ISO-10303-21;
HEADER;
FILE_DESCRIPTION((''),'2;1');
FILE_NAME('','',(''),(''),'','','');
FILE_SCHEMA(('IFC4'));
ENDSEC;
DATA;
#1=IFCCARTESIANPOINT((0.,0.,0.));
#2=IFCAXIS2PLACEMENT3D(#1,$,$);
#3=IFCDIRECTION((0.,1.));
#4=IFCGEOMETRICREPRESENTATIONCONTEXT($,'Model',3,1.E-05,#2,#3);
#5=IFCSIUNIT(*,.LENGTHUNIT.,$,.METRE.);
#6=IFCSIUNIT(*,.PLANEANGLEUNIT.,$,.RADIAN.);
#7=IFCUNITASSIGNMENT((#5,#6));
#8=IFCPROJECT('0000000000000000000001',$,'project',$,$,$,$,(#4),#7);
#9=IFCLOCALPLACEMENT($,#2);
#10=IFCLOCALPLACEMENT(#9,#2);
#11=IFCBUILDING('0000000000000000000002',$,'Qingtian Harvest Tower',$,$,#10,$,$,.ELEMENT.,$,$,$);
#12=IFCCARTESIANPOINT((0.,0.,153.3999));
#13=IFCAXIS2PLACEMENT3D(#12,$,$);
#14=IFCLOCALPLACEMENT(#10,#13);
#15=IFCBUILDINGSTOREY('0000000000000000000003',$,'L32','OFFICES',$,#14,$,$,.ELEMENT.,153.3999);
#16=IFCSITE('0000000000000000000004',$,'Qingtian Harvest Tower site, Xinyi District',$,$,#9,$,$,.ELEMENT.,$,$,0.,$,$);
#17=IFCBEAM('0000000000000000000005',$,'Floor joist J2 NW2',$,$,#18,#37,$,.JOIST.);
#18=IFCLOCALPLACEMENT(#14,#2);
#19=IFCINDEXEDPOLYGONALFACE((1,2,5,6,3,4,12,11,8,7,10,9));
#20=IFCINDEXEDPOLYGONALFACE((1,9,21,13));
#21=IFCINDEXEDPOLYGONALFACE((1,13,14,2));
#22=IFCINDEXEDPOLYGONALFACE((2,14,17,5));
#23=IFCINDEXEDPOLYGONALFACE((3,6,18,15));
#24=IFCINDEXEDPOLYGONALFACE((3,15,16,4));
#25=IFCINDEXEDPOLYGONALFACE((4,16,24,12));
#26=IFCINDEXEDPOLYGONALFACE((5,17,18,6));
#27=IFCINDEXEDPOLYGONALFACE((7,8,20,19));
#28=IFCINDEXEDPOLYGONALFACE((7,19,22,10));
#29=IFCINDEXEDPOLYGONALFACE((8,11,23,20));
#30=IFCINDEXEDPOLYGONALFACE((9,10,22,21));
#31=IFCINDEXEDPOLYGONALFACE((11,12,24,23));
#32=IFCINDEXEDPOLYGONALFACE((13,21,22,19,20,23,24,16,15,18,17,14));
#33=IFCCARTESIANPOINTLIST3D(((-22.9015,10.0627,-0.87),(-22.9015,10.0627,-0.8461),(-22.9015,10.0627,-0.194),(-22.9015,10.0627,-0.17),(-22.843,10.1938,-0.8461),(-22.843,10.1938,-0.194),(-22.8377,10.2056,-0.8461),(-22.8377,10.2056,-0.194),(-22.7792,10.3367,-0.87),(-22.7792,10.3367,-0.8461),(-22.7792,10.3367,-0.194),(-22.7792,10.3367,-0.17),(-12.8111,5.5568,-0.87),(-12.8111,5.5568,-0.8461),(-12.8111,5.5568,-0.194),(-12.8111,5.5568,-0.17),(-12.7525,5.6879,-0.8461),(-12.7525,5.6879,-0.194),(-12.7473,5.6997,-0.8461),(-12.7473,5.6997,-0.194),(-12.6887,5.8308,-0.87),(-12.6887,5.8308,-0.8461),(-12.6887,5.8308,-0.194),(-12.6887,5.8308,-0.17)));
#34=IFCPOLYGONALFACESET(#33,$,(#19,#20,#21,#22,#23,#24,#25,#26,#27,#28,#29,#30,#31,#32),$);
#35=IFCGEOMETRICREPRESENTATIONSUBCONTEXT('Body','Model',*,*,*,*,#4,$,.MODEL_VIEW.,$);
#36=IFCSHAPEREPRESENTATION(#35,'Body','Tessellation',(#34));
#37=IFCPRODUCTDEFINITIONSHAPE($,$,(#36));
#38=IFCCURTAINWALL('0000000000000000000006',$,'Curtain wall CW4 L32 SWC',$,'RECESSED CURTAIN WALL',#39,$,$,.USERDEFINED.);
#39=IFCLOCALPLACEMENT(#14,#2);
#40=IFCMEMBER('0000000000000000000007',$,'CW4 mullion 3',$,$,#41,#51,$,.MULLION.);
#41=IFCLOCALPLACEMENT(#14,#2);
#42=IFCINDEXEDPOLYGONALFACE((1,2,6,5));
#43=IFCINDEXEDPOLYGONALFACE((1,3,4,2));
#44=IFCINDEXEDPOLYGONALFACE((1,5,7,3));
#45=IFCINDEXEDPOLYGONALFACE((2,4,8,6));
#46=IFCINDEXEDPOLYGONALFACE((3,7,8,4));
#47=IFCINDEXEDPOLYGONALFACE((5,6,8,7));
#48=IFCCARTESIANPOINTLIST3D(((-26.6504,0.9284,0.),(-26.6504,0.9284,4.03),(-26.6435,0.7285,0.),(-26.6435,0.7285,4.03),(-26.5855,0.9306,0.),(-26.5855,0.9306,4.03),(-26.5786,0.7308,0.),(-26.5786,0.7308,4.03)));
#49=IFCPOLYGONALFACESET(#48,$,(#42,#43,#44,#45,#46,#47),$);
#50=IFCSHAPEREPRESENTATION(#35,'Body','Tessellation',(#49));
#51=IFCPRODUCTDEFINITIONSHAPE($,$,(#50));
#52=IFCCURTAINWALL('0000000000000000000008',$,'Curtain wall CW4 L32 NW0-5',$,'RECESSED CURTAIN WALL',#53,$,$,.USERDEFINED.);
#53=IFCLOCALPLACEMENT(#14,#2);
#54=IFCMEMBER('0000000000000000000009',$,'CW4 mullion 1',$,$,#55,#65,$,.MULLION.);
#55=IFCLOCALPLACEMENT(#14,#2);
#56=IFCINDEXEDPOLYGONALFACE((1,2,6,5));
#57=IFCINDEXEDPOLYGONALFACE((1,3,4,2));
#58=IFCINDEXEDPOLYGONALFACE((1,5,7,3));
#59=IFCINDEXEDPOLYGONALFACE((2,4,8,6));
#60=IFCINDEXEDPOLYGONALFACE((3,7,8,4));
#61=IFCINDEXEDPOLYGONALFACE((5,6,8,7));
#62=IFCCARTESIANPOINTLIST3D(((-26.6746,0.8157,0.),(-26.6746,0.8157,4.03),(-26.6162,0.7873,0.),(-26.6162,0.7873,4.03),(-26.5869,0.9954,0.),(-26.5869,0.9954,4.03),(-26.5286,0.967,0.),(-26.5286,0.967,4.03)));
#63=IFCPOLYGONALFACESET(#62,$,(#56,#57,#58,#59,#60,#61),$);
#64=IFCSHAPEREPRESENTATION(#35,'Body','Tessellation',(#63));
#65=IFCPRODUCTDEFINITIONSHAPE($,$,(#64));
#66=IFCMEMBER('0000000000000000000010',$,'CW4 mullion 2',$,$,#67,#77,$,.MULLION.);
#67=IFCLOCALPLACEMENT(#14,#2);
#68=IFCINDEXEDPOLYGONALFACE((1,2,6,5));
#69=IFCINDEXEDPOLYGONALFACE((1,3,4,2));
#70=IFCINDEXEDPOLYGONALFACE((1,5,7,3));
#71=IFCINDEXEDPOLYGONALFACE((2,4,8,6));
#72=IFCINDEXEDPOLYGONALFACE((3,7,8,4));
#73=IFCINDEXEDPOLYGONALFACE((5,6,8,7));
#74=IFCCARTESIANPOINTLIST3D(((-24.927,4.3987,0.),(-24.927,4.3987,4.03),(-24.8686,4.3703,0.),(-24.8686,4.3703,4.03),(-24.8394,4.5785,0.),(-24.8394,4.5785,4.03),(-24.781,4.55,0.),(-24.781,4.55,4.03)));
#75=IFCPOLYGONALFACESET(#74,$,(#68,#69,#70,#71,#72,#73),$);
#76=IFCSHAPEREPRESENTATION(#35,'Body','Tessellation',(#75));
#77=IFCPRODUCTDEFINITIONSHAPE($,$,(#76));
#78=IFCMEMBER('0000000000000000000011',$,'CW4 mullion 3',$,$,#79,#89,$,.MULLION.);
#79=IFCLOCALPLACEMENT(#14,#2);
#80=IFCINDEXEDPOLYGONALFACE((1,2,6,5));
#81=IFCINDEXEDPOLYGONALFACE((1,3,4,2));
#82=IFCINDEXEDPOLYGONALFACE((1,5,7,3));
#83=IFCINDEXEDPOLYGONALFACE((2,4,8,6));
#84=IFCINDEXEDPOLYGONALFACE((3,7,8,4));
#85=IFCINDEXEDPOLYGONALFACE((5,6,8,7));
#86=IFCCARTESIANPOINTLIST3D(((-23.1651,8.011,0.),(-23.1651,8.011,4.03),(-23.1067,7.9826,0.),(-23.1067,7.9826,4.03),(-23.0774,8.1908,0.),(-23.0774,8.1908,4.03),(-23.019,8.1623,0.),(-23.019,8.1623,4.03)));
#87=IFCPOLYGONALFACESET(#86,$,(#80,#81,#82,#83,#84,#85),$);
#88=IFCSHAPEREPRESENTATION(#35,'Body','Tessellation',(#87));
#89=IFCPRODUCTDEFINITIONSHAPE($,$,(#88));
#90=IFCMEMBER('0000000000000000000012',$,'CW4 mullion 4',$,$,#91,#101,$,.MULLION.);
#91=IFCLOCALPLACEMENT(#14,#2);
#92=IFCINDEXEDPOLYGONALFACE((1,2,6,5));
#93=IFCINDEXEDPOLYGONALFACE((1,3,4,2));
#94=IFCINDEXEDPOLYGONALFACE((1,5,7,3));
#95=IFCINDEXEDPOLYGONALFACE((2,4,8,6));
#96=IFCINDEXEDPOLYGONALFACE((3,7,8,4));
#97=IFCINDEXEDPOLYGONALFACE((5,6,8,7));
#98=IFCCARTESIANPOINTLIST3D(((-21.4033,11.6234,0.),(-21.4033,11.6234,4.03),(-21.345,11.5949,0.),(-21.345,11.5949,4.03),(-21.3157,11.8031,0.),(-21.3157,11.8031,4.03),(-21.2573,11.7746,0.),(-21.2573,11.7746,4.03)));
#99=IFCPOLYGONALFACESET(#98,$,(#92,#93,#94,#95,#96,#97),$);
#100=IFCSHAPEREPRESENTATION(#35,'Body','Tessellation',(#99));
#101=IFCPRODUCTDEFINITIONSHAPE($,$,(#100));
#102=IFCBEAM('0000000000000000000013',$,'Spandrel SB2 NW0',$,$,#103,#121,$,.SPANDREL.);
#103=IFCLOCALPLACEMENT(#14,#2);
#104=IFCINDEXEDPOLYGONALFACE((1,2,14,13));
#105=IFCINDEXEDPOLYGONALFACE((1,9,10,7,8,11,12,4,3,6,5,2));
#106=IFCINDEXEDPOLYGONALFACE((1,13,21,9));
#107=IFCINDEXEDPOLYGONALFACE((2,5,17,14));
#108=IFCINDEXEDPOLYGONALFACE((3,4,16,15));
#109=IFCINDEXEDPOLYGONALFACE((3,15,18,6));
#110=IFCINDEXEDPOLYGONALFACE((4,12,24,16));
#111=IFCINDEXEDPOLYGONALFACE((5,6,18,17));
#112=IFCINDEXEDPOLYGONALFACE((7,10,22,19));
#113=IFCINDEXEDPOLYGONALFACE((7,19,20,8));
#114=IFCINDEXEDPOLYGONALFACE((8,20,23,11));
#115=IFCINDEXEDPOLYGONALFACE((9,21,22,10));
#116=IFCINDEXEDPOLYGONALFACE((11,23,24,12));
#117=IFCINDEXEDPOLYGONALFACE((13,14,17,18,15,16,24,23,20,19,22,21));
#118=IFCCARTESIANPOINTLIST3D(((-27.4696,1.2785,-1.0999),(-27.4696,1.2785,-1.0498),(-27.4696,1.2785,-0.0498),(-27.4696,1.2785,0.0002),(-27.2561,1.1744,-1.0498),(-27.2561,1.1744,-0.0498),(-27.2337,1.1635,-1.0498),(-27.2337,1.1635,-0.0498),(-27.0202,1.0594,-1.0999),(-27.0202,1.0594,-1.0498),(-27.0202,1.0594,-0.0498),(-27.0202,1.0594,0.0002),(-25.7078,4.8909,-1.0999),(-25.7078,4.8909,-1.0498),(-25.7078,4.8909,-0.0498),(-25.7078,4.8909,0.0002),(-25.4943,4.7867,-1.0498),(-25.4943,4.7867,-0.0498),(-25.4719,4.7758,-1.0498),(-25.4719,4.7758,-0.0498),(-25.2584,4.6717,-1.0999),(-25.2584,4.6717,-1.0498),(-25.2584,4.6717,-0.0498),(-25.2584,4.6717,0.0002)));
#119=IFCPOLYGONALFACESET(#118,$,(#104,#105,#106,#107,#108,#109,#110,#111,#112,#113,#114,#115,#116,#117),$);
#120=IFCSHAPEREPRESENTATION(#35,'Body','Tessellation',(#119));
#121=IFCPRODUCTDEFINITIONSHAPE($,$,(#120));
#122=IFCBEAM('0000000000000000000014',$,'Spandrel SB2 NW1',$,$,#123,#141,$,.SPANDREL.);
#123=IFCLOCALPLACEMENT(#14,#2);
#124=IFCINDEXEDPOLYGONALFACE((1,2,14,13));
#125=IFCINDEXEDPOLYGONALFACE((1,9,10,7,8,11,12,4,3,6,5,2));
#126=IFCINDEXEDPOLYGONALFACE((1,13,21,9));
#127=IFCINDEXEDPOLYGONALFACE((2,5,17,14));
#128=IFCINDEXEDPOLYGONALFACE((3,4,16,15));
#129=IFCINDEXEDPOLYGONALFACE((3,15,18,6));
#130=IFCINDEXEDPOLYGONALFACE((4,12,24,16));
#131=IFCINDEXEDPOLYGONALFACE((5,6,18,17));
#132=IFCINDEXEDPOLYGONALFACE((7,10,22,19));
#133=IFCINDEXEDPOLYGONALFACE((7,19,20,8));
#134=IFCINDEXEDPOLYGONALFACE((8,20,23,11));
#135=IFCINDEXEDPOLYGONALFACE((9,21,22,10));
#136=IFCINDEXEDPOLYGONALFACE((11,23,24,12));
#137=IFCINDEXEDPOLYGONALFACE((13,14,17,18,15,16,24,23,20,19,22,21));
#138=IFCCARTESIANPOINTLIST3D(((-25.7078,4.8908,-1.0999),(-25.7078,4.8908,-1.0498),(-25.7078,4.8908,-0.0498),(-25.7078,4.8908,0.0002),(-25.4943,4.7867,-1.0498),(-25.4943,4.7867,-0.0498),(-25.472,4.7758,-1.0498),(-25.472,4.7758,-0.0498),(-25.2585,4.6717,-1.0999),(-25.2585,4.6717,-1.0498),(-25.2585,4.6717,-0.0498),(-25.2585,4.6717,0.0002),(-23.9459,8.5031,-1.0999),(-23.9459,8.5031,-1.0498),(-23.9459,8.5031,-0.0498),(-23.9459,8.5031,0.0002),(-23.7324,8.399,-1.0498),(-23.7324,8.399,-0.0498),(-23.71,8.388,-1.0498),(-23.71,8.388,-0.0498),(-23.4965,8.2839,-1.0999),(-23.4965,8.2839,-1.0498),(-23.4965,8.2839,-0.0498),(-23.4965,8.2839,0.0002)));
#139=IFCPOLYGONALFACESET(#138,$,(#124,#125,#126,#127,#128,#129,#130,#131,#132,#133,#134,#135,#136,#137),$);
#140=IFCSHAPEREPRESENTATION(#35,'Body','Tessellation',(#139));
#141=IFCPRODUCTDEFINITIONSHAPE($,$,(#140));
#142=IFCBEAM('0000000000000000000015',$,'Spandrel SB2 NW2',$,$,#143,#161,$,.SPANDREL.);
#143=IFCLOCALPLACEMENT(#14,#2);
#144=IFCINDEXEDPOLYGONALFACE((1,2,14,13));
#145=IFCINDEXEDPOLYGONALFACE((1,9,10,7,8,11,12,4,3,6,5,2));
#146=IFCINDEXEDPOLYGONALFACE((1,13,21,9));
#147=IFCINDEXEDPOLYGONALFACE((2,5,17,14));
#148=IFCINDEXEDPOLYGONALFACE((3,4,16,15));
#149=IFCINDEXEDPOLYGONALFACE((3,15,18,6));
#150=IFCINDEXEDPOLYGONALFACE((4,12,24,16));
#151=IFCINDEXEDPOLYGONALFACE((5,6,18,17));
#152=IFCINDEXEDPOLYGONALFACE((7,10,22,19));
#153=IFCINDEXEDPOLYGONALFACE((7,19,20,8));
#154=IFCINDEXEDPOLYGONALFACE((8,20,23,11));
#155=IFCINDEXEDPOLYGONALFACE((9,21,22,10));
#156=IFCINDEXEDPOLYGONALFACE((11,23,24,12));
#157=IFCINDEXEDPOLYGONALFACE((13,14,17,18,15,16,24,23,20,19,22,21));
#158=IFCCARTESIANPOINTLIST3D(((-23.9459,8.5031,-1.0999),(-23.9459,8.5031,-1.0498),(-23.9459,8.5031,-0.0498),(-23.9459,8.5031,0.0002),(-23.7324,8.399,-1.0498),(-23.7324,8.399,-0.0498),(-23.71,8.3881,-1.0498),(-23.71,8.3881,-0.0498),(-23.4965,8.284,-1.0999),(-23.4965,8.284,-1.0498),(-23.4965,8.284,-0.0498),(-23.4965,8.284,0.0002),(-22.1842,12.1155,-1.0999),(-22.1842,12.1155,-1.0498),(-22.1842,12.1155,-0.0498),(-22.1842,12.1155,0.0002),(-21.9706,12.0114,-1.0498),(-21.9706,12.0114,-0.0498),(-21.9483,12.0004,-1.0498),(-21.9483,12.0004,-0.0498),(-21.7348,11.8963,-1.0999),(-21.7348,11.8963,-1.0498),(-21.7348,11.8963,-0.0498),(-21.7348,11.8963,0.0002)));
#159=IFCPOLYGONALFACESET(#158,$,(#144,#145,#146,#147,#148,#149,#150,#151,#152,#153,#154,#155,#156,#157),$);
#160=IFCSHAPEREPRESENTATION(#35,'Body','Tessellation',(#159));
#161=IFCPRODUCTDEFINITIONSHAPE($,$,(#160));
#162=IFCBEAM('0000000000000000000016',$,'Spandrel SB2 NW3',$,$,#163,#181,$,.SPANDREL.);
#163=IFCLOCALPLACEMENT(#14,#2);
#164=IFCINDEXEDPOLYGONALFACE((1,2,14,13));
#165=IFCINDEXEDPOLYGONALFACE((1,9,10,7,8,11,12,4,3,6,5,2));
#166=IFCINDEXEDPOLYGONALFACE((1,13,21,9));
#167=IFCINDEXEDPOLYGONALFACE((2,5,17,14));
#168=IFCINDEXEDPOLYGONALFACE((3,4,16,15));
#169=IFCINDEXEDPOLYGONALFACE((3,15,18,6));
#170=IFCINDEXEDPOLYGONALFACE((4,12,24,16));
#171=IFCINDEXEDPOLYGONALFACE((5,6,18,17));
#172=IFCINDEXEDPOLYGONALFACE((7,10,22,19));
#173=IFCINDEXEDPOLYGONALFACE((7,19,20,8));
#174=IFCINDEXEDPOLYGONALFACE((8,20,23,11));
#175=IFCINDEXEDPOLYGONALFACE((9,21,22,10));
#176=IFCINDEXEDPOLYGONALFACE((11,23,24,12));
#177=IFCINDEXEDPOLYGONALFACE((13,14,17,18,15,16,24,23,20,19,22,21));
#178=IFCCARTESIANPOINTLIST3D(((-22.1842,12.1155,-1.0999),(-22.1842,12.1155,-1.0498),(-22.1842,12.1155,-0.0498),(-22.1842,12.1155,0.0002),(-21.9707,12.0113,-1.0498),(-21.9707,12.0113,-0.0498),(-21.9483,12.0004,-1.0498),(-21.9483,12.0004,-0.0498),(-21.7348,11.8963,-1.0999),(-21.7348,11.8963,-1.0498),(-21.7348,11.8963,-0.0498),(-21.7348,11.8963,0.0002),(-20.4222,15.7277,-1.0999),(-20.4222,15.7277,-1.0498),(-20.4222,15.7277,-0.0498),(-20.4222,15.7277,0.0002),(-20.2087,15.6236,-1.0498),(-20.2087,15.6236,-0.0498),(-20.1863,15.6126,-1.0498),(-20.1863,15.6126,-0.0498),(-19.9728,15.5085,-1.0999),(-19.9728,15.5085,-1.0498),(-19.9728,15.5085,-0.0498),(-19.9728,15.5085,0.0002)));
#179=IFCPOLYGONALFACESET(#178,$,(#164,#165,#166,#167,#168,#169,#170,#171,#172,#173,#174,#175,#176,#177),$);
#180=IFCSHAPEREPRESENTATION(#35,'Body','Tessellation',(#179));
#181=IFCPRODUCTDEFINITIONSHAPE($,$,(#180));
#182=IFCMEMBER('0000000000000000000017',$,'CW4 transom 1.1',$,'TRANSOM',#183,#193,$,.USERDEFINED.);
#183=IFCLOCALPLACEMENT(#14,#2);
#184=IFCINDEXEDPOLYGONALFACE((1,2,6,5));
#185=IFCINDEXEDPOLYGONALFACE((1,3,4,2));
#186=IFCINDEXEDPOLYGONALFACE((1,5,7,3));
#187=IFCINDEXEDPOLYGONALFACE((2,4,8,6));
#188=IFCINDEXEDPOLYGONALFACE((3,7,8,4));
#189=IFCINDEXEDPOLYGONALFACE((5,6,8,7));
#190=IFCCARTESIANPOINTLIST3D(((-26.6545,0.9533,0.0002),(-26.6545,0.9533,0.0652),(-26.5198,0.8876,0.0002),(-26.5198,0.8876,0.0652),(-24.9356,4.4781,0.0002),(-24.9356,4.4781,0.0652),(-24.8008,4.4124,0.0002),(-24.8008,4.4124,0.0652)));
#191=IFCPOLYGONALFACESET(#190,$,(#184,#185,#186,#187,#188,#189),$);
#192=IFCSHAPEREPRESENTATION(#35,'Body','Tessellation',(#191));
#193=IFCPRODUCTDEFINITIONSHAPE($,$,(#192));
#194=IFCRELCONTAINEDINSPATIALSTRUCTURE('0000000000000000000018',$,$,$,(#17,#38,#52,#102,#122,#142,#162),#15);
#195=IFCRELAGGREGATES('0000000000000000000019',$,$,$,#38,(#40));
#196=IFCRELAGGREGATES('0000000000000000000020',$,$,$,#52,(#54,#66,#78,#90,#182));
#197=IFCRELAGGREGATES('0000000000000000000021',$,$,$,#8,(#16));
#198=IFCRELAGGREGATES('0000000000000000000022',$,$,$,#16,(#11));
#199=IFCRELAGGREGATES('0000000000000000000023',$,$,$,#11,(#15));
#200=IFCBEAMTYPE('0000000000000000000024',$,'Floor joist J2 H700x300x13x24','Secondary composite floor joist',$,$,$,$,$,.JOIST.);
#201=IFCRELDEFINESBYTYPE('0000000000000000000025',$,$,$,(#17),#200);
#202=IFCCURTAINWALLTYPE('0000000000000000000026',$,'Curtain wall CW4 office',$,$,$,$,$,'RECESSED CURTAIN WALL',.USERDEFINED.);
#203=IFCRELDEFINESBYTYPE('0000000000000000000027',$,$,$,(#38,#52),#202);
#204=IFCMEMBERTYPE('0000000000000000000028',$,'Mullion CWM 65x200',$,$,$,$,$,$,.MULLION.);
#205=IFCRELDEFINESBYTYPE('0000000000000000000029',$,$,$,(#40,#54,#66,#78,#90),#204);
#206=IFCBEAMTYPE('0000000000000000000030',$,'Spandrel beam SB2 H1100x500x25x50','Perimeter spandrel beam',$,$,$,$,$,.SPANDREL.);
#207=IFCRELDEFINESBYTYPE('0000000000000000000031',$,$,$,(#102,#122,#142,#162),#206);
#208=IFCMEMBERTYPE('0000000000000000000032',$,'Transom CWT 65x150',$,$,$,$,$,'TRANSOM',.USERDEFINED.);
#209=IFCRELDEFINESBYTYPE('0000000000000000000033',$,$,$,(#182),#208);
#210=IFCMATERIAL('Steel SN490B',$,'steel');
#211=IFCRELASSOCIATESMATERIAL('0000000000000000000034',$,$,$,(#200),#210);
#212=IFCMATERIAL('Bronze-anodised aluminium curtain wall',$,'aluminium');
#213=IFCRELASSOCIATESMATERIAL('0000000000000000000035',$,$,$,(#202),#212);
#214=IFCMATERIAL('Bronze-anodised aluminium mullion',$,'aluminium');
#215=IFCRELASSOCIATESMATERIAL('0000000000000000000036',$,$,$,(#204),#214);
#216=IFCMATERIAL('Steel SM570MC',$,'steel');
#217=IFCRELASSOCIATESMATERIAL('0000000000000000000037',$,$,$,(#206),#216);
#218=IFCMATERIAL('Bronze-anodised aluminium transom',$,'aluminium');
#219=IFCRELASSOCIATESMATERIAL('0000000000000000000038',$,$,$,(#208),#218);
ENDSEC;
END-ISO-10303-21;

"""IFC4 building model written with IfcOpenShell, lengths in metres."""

from ifc_helpers import new_model, si_unit, direction, frame, origin, origin_2d, place, context, subcontext, project, spatial, rectangle, i_section, extrude, material, material_profile, profile_set, type_object, element, aggregate, save


model = new_model("IFC4")

# Units and contexts
model_context = context("Model", 3, precision=1e-05, world=origin(), true_north=direction((0.0, 1.0)))
body_context = subcontext(model_context, "Body", "Model", "MODEL_VIEW")
ifc_project = project(units=[si_unit("LENGTHUNIT", "METRE"), si_unit("PLANEANGLEUNIT", "RADIAN")], contexts=[model_context])

# Site, building, storey
site_placement = place(None, origin())
site = spatial("IfcSite", under=ifc_project, at=site_placement, Name="Qingtian Harvest Tower site, Xinyi District", CompositionType="ELEMENT", RefElevation=0.0)
building_placement = place(site_placement, origin())
building = spatial("IfcBuilding", under=site, at=building_placement, Name="Qingtian Harvest Tower", CompositionType="ELEMENT")
storey_placement = place(building_placement, frame((0.0, 0.0, 153.3999)))
storey = spatial("IfcBuildingStorey", under=building, at=storey_placement, Name="L32", Description="OFFICES", CompositionType="ELEMENT", Elevation=153.3999)

# Beam
ifc_material_1 = material(Name="Steel SN490B", Category="steel")
ifc_material_profile_1 = material_profile(ifc_material_1, i_section(OverallWidth=0.3, OverallDepth=0.7, WebThickness=0.0129, FlangeThickness=0.0239, at=origin_2d()), Name="H700x300x13x24")
ifc_profile_set_1 = profile_set([ifc_material_profile_1], Name="Steel SN490B")
beam_type_1 = type_object("IfcBeamType", Name="Floor joist J2 H700x300x13x24", Description="Secondary composite floor joist", PredefinedType="JOIST", material=ifc_profile_set_1)
beam_1_placement = place(storey_placement, frame((-22.8403, 10.1997, -0.52), z_axis=(0.913096, -0.407745, 0.0), x_axis=(0.407745, 0.913096, 0.0)))
element("IfcBeam", 1, at=beam_1_placement, inside=storey, type_object=beam_type_1, Name="Floor joist J2 NW2", PredefinedType="JOIST", context=body_context, shape_type="SweptSolid", body=[
    extrude(i_section(OverallWidth=0.3, OverallDepth=0.7, WebThickness=0.0129, FlangeThickness=0.0239, at=origin_2d()), origin(), (0.0, 0.0, 1.0), 11.0508),
])

# Curtain wall, member
ifc_material_2 = material(Name="Bronze-anodised aluminium curtain wall", Category="aluminium")
curtain_wall_type = type_object("IfcCurtainWallType", Name="Curtain wall CW4 office", ElementType="RECESSED CURTAIN WALL", PredefinedType="USERDEFINED", material=ifc_material_2)
curtain_wall_1_placement = place(storey_placement, origin())
curtain_wall_1 = element("IfcCurtainWall", 2, at=curtain_wall_1_placement, inside=storey, type_object=curtain_wall_type, Name="Curtain wall CW4 L32 SWC", ObjectType="RECESSED CURTAIN WALL", PredefinedType="USERDEFINED")
ifc_material_3 = material(Name="Bronze-anodised aluminium mullion", Category="aluminium")
ifc_material_profile_2 = material_profile(ifc_material_3, rectangle(XDim=0.0649, YDim=0.2, at=origin_2d()), Name="AL 65x200")
ifc_profile_set_2 = profile_set([ifc_material_profile_2], Name="Bronze-anodised aluminium mullion")
member_type_1 = type_object("IfcMemberType", Name="Mullion CWM 65x200", PredefinedType="MULLION", material=ifc_profile_set_2)
member_1_placement = place(storey_placement, frame((-26.6145, 0.8296, 0.0), z_axis=(0.0, 0.0, 1.0), x_axis=(-0.999391, -0.034899, 0.0)))
member_1 = element("IfcMember", 3, at=member_1_placement, type_object=member_type_1, Name="CW4 mullion 3", PredefinedType="MULLION", context=body_context, shape_type="SweptSolid", body=[
    extrude(rectangle(XDim=0.0649, YDim=0.2, at=origin_2d()), origin(), (0.0, 0.0, 1.0), 4.03),
])
aggregate(curtain_wall_1, [member_1])

# Curtain wall, members
curtain_wall_2_placement = place(storey_placement, origin())
curtain_wall_2 = element("IfcCurtainWall", 4, at=curtain_wall_2_placement, inside=storey, type_object=curtain_wall_type, Name="Curtain wall CW4 L32 NW0-5", ObjectType="RECESSED CURTAIN WALL", PredefinedType="USERDEFINED")
member_2_placement = place(storey_placement, frame((-26.6016, 0.8914, 0.0), z_axis=(0.0, 0.0, 1.0), x_axis=(-0.898794, 0.438371, 0.0)))
member_2 = element("IfcMember", 5, at=member_2_placement, type_object=member_type_1, Name="CW4 mullion 1", PredefinedType="MULLION", context=body_context, shape_type="SweptSolid", body=[
    extrude(rectangle(XDim=0.0649, YDim=0.2, at=origin_2d()), origin(), (0.0, 0.0, 1.0), 4.03),
])
member_3_placement = place(storey_placement, frame((-24.854, 4.4744, 0.0), z_axis=(0.0, 0.0, 1.0), x_axis=(-0.898794, 0.438371, 0.0)))
member_3 = element("IfcMember", 6, at=member_3_placement, type_object=member_type_1, Name="CW4 mullion 2", PredefinedType="MULLION", context=body_context, shape_type="SweptSolid", body=[
    extrude(rectangle(XDim=0.0649, YDim=0.2, at=origin_2d()), origin(), (0.0, 0.0, 1.0), 4.03),
])
member_4_placement = place(storey_placement, frame((-23.092, 8.0867, 0.0), z_axis=(0.0, 0.0, 1.0), x_axis=(-0.898794, 0.438371, 0.0)))
member_4 = element("IfcMember", 7, at=member_4_placement, type_object=member_type_1, Name="CW4 mullion 3", PredefinedType="MULLION", context=body_context, shape_type="SweptSolid", body=[
    extrude(rectangle(XDim=0.0649, YDim=0.2, at=origin_2d()), origin(), (0.0, 0.0, 1.0), 4.03),
])
member_5_placement = place(storey_placement, frame((-21.3303, 11.699, 0.0), z_axis=(0.0, 0.0, 1.0), x_axis=(-0.898794, 0.438371, 0.0)))
member_5 = element("IfcMember", 8, at=member_5_placement, type_object=member_type_1, Name="CW4 mullion 4", PredefinedType="MULLION", context=body_context, shape_type="SweptSolid", body=[
    extrude(rectangle(XDim=0.0649, YDim=0.2, at=origin_2d()), origin(), (0.0, 0.0, 1.0), 4.03),
])

# Beams
ifc_material_4 = material(Name="Steel SM570MC", Category="steel")
ifc_material_profile_3 = material_profile(ifc_material_4, i_section(OverallWidth=0.5, OverallDepth=1.1001, WebThickness=0.0249, FlangeThickness=0.05, at=origin_2d()), Name="H1100x500x25x50")
ifc_profile_set_3 = profile_set([ifc_material_profile_3], Name="Steel SM570MC")
beam_type_2 = type_object("IfcBeamType", Name="Spandrel beam SB2 H1100x500x25x50", Description="Perimeter spandrel beam", PredefinedType="SPANDREL", material=ifc_profile_set_3)
for number, where, z_axis, x_axis, name in (
    (9, (-27.2449, 1.1689, -0.5498), (0.438347, 0.898806, 0.0), (-0.898806, 0.438347, 0.0), "Spandrel SB2 NW0"),
    (10, (-25.4832, 4.7812, -0.5498), (0.438396, 0.898782, 0.0), (-0.898782, 0.438396, 0.0), "Spandrel SB2 NW1"),
    (11, (-23.7212, 8.3936, -0.5498), (0.438347, 0.898806, 0.0), (-0.898806, 0.438347, 0.0), "Spandrel SB2 NW2"),
    (12, (-21.9595, 12.0059, -0.5498), (0.438396, 0.898782, 0.0), (-0.898782, 0.438396, 0.0), "Spandrel SB2 NW3"),
):
    element("IfcBeam", number, at=place(storey_placement, frame(where, z_axis=z_axis, x_axis=x_axis)), inside=storey, type_object=beam_type_2, Name=name, PredefinedType="SPANDREL", context=body_context, shape_type="SweptSolid", body=[
        extrude(i_section(OverallWidth=0.5, OverallDepth=1.1001, WebThickness=0.0249, FlangeThickness=0.05, at=origin_2d()), origin(), (0.0, 0.0, 1.0), 4.019),
    ])

# Member
ifc_material_5 = material(Name="Bronze-anodised aluminium transom", Category="aluminium")
ifc_material_profile_4 = material_profile(ifc_material_5, rectangle(XDim=0.1499, YDim=0.0649, at=origin_2d()), Name="AL 65x150")
ifc_profile_set_4 = profile_set([ifc_material_profile_4], Name="Bronze-anodised aluminium transom")
member_type_2 = type_object("IfcMemberType", Name="Transom CWT 65x150", ElementType="TRANSOM", PredefinedType="USERDEFINED", material=ifc_profile_set_4)
member_6_placement = place(storey_placement, frame((-26.5872, 0.9204, 0.0327), z_axis=(0.438327, 0.898816, 0.0), x_axis=(-0.898816, 0.438327, 0.0)))
member_6 = element("IfcMember", 13, at=member_6_placement, type_object=member_type_2, Name="CW4 transom 1.1", ObjectType="TRANSOM", PredefinedType="USERDEFINED", context=body_context, shape_type="SweptSolid", body=[
    extrude(rectangle(XDim=0.1499, YDim=0.0649, at=origin_2d()), origin(), (0.0, 0.0, 1.0), 3.9216),
])

aggregate(curtain_wall_2, [member_2, member_3, member_4, member_5, member_6])

save(model, "model.ifc")
